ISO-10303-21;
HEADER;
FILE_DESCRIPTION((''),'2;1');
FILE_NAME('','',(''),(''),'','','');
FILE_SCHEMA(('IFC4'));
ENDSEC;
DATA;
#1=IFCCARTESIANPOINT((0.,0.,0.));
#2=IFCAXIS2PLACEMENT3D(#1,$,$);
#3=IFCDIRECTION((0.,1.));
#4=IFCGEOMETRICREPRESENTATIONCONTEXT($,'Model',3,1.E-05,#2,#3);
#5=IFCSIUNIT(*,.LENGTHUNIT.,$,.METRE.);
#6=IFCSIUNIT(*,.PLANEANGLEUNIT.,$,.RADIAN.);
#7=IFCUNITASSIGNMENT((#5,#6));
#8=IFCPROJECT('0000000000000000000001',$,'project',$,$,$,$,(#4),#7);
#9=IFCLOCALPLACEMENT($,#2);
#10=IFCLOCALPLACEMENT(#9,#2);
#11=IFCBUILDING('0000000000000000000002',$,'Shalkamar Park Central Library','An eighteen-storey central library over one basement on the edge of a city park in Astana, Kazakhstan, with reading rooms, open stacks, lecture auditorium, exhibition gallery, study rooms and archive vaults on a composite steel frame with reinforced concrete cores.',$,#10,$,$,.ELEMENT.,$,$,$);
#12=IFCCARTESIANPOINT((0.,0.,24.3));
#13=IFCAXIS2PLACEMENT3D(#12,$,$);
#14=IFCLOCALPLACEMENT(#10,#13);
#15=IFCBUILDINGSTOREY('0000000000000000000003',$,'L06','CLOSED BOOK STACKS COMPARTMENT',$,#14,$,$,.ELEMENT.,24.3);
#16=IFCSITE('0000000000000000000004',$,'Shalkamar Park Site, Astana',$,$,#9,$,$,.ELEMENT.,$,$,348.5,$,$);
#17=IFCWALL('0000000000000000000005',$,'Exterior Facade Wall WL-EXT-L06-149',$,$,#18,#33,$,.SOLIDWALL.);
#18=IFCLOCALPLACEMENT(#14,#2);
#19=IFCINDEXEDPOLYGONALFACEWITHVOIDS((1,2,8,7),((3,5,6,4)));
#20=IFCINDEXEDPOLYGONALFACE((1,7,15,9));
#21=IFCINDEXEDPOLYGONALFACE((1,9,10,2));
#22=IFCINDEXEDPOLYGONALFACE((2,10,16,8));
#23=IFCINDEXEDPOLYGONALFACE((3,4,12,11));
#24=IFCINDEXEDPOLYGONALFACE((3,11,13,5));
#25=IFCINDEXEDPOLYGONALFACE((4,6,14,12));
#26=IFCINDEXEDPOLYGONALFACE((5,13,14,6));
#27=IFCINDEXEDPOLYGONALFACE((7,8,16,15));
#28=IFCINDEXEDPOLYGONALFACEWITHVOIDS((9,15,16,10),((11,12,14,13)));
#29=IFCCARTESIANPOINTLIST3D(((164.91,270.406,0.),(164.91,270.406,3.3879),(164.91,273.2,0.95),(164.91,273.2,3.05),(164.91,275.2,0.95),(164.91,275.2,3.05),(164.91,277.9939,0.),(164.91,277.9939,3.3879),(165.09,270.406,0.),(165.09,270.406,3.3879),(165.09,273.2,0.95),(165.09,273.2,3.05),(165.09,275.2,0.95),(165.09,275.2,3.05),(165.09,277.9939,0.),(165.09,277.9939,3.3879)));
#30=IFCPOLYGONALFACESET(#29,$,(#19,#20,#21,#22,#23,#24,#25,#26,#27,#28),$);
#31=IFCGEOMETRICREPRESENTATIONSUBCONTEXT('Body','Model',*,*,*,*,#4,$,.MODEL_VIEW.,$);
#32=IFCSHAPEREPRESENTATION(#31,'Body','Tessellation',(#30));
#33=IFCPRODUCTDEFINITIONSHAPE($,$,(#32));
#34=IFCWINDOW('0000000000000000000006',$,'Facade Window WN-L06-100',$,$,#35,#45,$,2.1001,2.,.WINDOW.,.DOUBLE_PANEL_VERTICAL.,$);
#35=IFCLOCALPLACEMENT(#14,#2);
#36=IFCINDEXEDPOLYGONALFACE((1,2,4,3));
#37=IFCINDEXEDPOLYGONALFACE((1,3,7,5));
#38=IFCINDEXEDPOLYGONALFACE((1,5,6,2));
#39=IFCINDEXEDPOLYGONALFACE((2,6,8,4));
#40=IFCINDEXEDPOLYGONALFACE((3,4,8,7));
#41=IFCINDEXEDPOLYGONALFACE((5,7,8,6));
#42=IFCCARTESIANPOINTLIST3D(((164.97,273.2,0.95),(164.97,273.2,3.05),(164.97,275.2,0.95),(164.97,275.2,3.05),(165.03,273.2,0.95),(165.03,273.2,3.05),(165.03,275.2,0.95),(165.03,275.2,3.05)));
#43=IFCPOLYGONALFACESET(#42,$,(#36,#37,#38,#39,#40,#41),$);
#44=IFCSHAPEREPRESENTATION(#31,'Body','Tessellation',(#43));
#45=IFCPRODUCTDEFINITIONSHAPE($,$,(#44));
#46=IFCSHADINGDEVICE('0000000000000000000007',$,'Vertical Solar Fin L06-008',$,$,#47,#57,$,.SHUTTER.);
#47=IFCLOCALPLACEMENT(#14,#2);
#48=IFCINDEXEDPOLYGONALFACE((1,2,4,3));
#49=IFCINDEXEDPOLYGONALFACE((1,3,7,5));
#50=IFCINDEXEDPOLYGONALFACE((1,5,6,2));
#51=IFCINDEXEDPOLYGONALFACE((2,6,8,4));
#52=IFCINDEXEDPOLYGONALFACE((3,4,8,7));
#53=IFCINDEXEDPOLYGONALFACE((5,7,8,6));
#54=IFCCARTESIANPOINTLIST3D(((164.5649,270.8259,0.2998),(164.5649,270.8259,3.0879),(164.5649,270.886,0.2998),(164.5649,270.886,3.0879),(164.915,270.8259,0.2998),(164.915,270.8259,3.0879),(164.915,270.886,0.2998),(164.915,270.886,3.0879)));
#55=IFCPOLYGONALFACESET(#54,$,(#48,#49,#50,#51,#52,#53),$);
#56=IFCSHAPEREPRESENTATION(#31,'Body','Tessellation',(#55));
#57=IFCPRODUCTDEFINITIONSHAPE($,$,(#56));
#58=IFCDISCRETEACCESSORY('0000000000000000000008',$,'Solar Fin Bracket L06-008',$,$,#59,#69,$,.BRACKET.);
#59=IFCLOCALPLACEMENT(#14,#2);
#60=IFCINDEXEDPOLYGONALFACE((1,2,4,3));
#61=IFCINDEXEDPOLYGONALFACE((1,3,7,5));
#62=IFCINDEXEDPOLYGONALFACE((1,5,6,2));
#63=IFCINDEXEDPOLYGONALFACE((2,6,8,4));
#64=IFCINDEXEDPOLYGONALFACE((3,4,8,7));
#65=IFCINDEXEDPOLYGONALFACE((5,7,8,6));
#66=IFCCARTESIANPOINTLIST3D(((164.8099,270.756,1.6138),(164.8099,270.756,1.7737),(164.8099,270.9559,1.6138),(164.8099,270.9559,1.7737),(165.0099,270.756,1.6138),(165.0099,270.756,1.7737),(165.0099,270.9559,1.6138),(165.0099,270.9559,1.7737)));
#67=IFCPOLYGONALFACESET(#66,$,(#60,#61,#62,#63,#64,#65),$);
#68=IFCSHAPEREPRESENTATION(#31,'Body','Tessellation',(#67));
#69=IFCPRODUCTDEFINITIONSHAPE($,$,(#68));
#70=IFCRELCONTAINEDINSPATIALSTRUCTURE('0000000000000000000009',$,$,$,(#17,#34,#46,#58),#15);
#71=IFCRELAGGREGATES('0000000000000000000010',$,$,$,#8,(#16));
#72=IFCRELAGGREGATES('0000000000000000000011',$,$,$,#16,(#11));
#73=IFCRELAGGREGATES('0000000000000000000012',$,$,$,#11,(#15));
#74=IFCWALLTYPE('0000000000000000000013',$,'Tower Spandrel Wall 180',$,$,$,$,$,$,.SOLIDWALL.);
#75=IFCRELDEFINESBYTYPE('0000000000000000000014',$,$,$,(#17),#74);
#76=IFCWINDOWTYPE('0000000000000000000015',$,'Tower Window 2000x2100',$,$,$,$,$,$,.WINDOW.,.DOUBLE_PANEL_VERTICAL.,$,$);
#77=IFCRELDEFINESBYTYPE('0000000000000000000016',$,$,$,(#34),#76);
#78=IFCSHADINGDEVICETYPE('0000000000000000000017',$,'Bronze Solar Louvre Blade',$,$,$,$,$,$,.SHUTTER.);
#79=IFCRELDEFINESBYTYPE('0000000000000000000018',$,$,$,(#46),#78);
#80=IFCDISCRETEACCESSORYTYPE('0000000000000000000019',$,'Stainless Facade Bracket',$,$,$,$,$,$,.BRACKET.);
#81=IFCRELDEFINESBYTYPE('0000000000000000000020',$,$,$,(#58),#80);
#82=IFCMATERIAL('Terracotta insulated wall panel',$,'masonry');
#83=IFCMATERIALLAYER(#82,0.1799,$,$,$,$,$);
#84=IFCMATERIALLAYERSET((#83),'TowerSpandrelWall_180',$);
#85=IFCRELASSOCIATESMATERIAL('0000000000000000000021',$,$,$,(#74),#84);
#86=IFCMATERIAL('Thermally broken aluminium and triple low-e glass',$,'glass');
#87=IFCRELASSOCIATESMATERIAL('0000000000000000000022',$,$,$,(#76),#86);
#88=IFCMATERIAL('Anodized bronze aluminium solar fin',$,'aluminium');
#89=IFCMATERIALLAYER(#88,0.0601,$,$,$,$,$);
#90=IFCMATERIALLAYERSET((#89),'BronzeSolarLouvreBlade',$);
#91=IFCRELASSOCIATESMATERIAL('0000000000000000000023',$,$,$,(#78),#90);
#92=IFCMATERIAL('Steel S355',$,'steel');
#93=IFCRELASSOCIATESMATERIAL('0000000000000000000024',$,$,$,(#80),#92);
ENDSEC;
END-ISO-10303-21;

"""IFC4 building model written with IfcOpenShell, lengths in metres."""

from ifc_helpers import new_model, si_unit, direction, frame, frame_2d, origin, origin_2d, place, context, subcontext, project, spatial, rectangle, extrude, material, layer, layer_set, type_object, element, fill, save


model = new_model("IFC4")

# Units and contexts
model_context = context("Model", 3, precision=1e-05, world=origin(), true_north=direction((0.0, 1.0)))
body_context = subcontext(model_context, "Body", "Model", "MODEL_VIEW")
ifc_project = project(units=[si_unit("LENGTHUNIT", "METRE"), si_unit("PLANEANGLEUNIT", "RADIAN")], contexts=[model_context])

# Site, building, storey
site_placement = place(None, origin())
site = spatial("IfcSite", under=ifc_project, at=site_placement, Name="Shalkamar Park Site, Astana", CompositionType="ELEMENT", RefElevation=348.5)
building_placement = place(site_placement, origin())
building = spatial("IfcBuilding", under=site, at=building_placement, Name="Shalkamar Park Central Library", Description="An eighteen-storey central library over one basement on the edge of a city park in Astana, Kazakhstan, with reading rooms, open stacks, lecture auditorium, exhibition gallery, study rooms and archive vaults on a composite steel frame with reinforced concrete cores.", CompositionType="ELEMENT")
storey_placement = place(building_placement, frame((0.0, 0.0, 24.3)))
storey = spatial("IfcBuildingStorey", under=building, at=storey_placement, Name="L06", Description="CLOSED BOOK STACKS COMPARTMENT", CompositionType="ELEMENT", Elevation=24.3)

# Shared definitions
ifc_material_1 = material(Name="Steel S355", Category="steel")

# Shared definitions
ifc_material_2 = material(Name="Terracotta insulated wall panel", Category="masonry")
ifc_layer_1 = layer(ifc_material_2, 0.1799)
ifc_layer_set_1 = layer_set([ifc_layer_1], Name="TowerSpandrelWall_180")
wall_type_1 = type_object("IfcWallType", Name="Tower Spandrel Wall 180", PredefinedType="SOLIDWALL", material=ifc_layer_set_1)

# Wall, opening, window
ifc_material_3 = material(Name="Thermally broken aluminium and triple low-e glass", Category="glass")
wall_1_placement = place(storey_placement, frame((165.0, 270.406, 0.0), z_axis=(0.0, 0.0, 1.0), x_axis=(0.0, 1.0, 0.0)))
wall_1 = element("IfcWall", 1, at=wall_1_placement, inside=storey, type_object=wall_type_1, Name="Exterior Facade Wall WL-EXT-L06-149", PredefinedType="SOLIDWALL", context=body_context, shape_type="SweptSolid", body=[
    extrude(rectangle(XDim=7.5879, YDim=0.1799, at=frame_2d((3.7939, 0.0))), origin(), (0.0, 0.0, 1.0), 3.3879),
])
opening_1_placement = place(wall_1_placement, frame((2.7939, 0.0, 0.95)))
opening_1 = element("IfcOpeningElement", 2, at=opening_1_placement, cuts=wall_1, PredefinedType="OPENING", context=body_context, shape_type="SweptSolid", body=[
    extrude(rectangle(XDim=2.0, YDim=2.1001, at=frame_2d((1.0, 1.05))), frame((0.0, 0.105, 0.0), z_axis=(0.0, -1.0, 0.0), x_axis=(1.0, 0.0, 0.0)), (0.0, 0.0, 1.0), 0.2097),
])
window_type_1 = type_object("IfcWindowType", Name="Tower Window 2000x2100", PartitioningType="DOUBLE_PANEL_VERTICAL", PredefinedType="WINDOW", material=ifc_material_3)
window_1_placement = place(opening_1_placement, origin())
window_1 = element("IfcWindow", 3, at=window_1_placement, inside=storey, type_object=window_type_1, Name="Facade Window WN-L06-100", OverallHeight=2.1001, OverallWidth=2.0, PartitioningType="DOUBLE_PANEL_VERTICAL", PredefinedType="WINDOW", context=body_context, shape_type="SweptSolid", body=[
    extrude(rectangle(XDim=2.0, YDim=2.1001, at=frame_2d((1.0, 1.05))), frame((0.0, 0.03, 0.0), z_axis=(0.0, -1.0, 0.0), x_axis=(1.0, 0.0, 0.0)), (0.0, 0.0, 1.0), 0.0601),
])
fill(opening_1, window_1)

# Shading device
ifc_material_4 = material(Name="Anodized bronze aluminium solar fin", Category="aluminium")
ifc_layer_2 = layer(ifc_material_4, 0.0601)
ifc_layer_set_2 = layer_set([ifc_layer_2], Name="BronzeSolarLouvreBlade")
shading_device_type = type_object("IfcShadingDeviceType", Name="Bronze Solar Louvre Blade", PredefinedType="SHUTTER", material=ifc_layer_set_2)
shading_device_placement = place(storey_placement, frame((164.74, 270.856, 0.2998), z_axis=(0.0, 0.0, 1.0), x_axis=(1.0, 0.0, 0.0)))
element("IfcShadingDevice", 4, at=shading_device_placement, inside=storey, type_object=shading_device_type, Name="Vertical Solar Fin L06-008", PredefinedType="SHUTTER", context=body_context, shape_type="SweptSolid", body=[
    extrude(rectangle(XDim=0.3501, YDim=0.0601, at=origin_2d()), origin(), (0.0, 0.0, 1.0), 2.7881),
])

# Discrete accessory
discrete_accessory_type = type_object("IfcDiscreteAccessoryType", Name="Stainless Facade Bracket", PredefinedType="BRACKET", material=ifc_material_1)
discrete_accessory_placement = place(storey_placement, frame((164.9099, 270.856, 1.6138), z_axis=(0.0, 0.0, 1.0), x_axis=(1.0, 0.0, 0.0)))
element("IfcDiscreteAccessory", 5, at=discrete_accessory_placement, inside=storey, type_object=discrete_accessory_type, Name="Solar Fin Bracket L06-008", PredefinedType="BRACKET", context=body_context, shape_type="SweptSolid", body=[
    extrude(rectangle(XDim=0.2, YDim=0.2, at=origin_2d()), origin(), (0.0, 0.0, 1.0), 0.1599),
])

save(model, "model.ifc")
